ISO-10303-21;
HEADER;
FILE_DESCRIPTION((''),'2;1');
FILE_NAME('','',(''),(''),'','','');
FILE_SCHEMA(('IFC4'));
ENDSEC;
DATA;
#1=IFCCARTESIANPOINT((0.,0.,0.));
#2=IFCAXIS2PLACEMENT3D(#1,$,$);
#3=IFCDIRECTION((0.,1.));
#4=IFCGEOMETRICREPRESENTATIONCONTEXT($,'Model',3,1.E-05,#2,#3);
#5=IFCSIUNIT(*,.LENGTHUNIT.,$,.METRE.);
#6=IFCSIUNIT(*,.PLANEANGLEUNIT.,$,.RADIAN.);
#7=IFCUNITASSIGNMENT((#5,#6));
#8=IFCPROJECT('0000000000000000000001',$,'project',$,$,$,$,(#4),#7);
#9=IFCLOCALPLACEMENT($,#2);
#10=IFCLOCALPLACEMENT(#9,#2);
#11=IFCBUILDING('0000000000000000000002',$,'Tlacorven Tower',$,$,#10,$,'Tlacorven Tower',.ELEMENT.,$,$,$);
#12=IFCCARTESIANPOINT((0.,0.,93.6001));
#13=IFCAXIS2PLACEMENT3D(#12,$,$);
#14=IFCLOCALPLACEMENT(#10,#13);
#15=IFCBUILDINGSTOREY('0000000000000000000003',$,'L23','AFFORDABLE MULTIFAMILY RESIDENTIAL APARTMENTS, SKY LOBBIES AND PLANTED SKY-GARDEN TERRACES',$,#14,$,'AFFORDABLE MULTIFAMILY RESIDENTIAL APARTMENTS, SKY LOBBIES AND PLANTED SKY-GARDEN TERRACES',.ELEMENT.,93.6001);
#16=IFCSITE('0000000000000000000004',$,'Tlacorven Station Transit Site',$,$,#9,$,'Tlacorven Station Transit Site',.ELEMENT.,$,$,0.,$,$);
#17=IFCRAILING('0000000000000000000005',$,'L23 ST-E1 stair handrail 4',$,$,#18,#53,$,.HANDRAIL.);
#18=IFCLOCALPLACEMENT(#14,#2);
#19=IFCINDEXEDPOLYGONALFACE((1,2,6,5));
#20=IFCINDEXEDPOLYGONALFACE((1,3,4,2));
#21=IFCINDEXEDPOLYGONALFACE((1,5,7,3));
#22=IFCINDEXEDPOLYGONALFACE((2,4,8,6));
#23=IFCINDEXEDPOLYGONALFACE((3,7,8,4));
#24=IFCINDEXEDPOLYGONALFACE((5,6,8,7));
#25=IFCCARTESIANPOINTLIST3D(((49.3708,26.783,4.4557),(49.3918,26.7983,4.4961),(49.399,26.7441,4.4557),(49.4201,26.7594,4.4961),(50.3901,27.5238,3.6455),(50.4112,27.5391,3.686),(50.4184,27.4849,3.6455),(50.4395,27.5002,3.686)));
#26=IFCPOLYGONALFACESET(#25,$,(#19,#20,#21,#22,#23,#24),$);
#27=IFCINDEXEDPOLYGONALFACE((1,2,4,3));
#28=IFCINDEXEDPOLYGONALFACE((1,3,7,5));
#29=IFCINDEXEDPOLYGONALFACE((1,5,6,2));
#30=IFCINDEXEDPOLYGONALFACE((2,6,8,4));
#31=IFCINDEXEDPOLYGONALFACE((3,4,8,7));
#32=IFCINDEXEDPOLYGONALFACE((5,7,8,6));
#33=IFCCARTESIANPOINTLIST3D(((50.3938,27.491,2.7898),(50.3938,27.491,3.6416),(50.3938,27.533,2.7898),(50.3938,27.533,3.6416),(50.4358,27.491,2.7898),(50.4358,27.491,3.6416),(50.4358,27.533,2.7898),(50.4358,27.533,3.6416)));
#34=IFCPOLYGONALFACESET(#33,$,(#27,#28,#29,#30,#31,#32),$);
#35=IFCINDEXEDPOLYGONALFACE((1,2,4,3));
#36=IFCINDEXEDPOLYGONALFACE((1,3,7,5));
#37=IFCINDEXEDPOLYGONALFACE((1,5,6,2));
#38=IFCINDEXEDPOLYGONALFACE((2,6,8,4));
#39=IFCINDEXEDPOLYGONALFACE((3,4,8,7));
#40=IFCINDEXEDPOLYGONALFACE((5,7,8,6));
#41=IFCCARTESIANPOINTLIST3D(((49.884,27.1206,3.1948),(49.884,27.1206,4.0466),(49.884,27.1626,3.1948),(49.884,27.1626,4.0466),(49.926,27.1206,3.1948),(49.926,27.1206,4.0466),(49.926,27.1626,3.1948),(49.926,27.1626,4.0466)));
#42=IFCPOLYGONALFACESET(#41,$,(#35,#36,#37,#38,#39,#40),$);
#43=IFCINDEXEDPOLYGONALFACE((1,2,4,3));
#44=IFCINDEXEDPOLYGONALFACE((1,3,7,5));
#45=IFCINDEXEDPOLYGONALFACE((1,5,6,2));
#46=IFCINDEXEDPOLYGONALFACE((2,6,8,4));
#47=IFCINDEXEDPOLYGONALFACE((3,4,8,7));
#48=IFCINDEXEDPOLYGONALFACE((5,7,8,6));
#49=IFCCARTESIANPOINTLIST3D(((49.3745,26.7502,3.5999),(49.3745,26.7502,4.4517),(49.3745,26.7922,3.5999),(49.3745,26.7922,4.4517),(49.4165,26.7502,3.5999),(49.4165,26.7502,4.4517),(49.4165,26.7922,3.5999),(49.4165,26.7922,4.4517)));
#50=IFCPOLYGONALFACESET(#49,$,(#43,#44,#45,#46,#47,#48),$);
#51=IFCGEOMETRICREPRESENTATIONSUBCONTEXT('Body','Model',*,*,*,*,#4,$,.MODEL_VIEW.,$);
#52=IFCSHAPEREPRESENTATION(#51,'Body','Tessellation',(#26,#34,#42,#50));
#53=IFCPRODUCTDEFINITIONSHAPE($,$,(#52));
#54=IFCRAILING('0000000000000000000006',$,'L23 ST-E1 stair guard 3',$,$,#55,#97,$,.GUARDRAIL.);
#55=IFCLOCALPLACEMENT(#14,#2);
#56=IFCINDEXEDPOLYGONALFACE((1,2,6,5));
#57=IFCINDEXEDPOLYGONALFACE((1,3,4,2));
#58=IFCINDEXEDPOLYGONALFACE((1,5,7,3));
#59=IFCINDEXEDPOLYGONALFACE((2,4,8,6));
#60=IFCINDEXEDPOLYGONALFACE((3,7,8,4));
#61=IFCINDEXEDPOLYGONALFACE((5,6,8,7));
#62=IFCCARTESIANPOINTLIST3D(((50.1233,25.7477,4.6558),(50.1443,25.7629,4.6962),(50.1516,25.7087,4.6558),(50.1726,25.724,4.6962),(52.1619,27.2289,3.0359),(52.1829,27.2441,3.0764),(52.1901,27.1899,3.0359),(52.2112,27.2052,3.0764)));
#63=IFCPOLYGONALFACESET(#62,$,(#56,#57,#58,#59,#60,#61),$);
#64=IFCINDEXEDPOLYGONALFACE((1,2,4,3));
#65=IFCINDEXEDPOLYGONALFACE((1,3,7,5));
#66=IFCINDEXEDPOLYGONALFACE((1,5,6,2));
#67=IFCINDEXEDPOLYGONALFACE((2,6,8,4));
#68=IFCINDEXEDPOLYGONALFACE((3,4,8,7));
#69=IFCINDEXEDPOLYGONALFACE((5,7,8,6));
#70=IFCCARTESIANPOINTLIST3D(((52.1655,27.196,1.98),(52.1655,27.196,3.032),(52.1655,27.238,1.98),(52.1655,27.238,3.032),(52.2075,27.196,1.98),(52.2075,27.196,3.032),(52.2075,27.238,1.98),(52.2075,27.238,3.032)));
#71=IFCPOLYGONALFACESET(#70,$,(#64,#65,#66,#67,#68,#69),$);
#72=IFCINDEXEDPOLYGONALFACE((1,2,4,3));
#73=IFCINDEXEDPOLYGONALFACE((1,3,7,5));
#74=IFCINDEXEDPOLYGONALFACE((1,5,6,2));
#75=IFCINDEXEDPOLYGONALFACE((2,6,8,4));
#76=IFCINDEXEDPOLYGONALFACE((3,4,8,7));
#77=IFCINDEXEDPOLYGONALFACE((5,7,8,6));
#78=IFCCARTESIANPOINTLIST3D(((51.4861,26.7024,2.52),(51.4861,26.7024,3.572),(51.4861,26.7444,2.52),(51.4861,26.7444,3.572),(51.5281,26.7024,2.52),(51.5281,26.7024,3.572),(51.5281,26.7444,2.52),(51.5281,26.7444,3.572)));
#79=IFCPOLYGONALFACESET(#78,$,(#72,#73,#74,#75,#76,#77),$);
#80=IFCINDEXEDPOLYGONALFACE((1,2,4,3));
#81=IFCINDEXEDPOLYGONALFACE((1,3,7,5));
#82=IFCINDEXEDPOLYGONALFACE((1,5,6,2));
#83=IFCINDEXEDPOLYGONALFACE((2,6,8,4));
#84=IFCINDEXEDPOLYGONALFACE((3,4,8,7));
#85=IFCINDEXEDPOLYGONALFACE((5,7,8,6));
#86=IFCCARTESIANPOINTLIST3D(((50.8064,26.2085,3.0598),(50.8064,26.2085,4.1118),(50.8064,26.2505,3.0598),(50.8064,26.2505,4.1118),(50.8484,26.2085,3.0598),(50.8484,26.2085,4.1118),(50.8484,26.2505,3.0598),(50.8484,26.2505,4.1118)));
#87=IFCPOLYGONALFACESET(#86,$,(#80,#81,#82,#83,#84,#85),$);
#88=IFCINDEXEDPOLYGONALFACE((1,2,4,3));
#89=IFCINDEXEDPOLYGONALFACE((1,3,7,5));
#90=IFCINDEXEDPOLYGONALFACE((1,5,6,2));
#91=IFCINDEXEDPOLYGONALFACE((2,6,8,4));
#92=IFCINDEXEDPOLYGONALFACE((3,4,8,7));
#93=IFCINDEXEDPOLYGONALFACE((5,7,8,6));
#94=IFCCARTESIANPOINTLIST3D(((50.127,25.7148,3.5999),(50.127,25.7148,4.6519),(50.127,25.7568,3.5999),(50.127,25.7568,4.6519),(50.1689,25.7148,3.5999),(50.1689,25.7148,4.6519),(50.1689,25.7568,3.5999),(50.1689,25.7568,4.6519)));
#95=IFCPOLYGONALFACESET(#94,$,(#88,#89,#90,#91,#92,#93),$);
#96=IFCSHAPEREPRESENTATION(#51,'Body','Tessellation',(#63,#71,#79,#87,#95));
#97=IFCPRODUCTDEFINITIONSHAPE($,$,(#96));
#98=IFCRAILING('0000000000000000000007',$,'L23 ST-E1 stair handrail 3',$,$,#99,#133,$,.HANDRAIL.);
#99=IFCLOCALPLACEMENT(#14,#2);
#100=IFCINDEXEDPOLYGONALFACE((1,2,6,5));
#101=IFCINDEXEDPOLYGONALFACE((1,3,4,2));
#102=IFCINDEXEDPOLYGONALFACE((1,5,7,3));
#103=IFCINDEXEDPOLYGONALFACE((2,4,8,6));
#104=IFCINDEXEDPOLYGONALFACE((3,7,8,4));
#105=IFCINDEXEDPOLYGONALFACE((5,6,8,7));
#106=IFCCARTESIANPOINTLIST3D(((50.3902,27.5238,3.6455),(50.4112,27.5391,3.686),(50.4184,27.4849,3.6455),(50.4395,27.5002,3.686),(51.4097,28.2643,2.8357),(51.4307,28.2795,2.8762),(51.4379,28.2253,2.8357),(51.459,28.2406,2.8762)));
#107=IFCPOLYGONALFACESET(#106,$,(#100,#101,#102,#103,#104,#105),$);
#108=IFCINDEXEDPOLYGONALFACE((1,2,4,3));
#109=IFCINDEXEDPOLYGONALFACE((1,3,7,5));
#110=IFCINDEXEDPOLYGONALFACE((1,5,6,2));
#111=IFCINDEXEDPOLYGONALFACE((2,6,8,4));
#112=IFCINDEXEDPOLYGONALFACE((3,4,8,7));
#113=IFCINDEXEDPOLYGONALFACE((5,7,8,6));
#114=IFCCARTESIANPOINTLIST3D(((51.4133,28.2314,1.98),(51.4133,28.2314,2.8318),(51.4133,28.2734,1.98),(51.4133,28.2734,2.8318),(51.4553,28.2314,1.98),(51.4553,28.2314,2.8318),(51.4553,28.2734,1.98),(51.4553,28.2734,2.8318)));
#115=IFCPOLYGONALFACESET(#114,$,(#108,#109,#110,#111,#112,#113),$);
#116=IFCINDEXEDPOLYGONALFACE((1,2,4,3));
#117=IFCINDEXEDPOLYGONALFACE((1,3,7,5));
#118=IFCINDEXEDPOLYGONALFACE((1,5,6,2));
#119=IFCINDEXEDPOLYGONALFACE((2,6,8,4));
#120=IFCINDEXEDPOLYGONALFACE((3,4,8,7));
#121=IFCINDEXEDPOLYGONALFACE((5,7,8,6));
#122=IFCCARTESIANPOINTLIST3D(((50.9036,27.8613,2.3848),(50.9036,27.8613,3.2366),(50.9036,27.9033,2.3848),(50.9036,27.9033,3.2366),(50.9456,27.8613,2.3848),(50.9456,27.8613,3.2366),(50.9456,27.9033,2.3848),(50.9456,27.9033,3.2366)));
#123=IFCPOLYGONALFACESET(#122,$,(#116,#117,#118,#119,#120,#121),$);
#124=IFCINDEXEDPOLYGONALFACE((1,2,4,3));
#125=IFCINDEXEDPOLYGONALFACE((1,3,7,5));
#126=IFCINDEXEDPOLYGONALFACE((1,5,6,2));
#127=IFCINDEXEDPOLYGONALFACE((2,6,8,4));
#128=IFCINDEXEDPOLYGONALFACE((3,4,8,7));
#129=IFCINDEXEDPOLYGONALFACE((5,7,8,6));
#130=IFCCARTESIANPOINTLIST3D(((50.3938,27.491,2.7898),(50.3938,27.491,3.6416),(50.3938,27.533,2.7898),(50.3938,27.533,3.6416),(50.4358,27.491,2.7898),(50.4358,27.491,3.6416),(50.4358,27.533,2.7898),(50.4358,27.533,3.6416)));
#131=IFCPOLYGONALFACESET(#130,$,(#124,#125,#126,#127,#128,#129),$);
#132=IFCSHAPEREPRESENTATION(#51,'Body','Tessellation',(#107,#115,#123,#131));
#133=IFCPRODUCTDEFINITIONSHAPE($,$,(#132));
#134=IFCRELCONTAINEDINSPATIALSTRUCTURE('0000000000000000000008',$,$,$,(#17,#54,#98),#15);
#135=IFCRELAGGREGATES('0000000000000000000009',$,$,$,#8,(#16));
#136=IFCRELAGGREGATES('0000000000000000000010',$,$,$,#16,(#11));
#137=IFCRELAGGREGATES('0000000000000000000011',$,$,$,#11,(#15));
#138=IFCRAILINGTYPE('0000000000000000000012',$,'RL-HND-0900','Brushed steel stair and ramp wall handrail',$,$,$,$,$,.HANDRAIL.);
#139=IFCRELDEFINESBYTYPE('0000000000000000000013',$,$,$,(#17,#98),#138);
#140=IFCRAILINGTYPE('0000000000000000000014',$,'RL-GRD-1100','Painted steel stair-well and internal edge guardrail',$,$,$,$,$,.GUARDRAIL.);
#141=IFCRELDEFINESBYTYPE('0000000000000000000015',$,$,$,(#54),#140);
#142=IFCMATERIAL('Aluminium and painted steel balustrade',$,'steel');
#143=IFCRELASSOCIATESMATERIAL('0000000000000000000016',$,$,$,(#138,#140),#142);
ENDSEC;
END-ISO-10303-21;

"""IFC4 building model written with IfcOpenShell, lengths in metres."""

from ifc_helpers import new_model, si_unit, direction, frame, origin, origin_2d, place, context, subcontext, project, spatial, rectangle, extrude, source, transform, mapped, material, type_object, element, save


model = new_model("IFC4")

# Units and contexts
model_context = context("Model", 3, precision=1e-05, world=origin(), true_north=direction((0.0, 1.0)))
body_context = subcontext(model_context, "Body", "Model", "MODEL_VIEW")
ifc_project = project(units=[si_unit("LENGTHUNIT", "METRE"), si_unit("PLANEANGLEUNIT", "RADIAN")], contexts=[model_context])

# Site, building, storey
site_placement = place(None, origin())
site = spatial("IfcSite", under=ifc_project, at=site_placement, Name="Tlacorven Station Transit Site", LongName="Tlacorven Station Transit Site", CompositionType="ELEMENT", RefElevation=0.0)
building_placement = place(site_placement, origin())
building = spatial("IfcBuilding", under=site, at=building_placement, Name="Tlacorven Tower", LongName="Tlacorven Tower", CompositionType="ELEMENT")
storey_placement = place(building_placement, frame((0.0, 0.0, 93.6001)))
storey = spatial("IfcBuildingStorey", under=building, at=storey_placement, Name="L23", Description="AFFORDABLE MULTIFAMILY RESIDENTIAL APARTMENTS, SKY LOBBIES AND PLANTED SKY-GARDEN TERRACES", LongName="AFFORDABLE MULTIFAMILY RESIDENTIAL APARTMENTS, SKY LOBBIES AND PLANTED SKY-GARDEN TERRACES", CompositionType="ELEMENT", Elevation=93.6001)

# Railings
ifc_material_1 = material(Name="Aluminium and painted steel balustrade", Category="steel")
railing_type_1 = type_object("IfcRailingType", Name="RL-HND-0900", Description="Brushed steel stair and ramp wall handrail", PredefinedType="HANDRAIL", material=ifc_material_1)
shared_shape_1 = source(origin(), body_context, "Body", "SweptSolid", [
    extrude(rectangle(XDim=0.0481, YDim=0.0481, at=origin_2d()), frame((0.0, 0.0, 0.876), z_axis=(-0.680461, -0.494496, 0.540783), x_axis=(0.587872, -0.808954, 0.0)), (0.0, 0.0, 1.0), 1.498),
    extrude(rectangle(XDim=0.042, YDim=0.042, at=origin_2d()), origin(), (0.0, 0.0, 1.0), 0.8518),
    extrude(rectangle(XDim=0.042, YDim=0.042, at=origin_2d()), frame((-0.5098, -0.3704, 0.405)), (0.0, 0.0, 1.0), 0.8518),
    extrude(rectangle(XDim=0.042, YDim=0.042, at=origin_2d()), frame((-1.0193, -0.7407, 0.8101)), (0.0, 0.0, 1.0), 0.8518),
])
railing_1_placement = place(storey_placement, frame((50.4148, 27.512, 2.7898)))
element("IfcRailing", 1, at=railing_1_placement, inside=storey, type_object=railing_type_1, Name="L23 ST-E1 stair handrail 4", PredefinedType="HANDRAIL", context=body_context, shape_type="MappedRepresentation", body=[
    mapped(shared_shape_1, transform((0.0, 0.0, 0.0), scale=1.0)),
])
railing_type_2 = type_object("IfcRailingType", Name="RL-GRD-1100", Description="Painted steel stair-well and internal edge guardrail", PredefinedType="GUARDRAIL", material=ifc_material_1)
shared_shape_2 = source(origin(), body_context, "Body", "SweptSolid", [
    extrude(rectangle(XDim=0.0481, YDim=0.0481, at=origin_2d()), frame((0.0, 0.0, 1.0762), z_axis=(-0.680519, -0.494456, 0.540747), x_axis=(0.587809, -0.809, 0.0)), (0.0, 0.0, 1.0), 2.9956),
    extrude(rectangle(XDim=0.042, YDim=0.042, at=origin_2d()), origin(), (0.0, 0.0, 1.0), 1.052),
    extrude(rectangle(XDim=0.042, YDim=0.042, at=origin_2d()), frame((-0.6794, -0.4937, 0.54)), (0.0, 0.0, 1.0), 1.052),
    extrude(rectangle(XDim=0.042, YDim=0.042, at=origin_2d()), frame((-1.3591, -0.9875, 1.0798)), (0.0, 0.0, 1.0), 1.052),
    extrude(rectangle(XDim=0.042, YDim=0.042, at=origin_2d()), frame((-2.0386, -1.4812, 1.6199)), (0.0, 0.0, 1.0), 1.052),
])
railing_2_placement = place(storey_placement, frame((52.1865, 27.217, 1.98)))
element("IfcRailing", 2, at=railing_2_placement, inside=storey, type_object=railing_type_2, Name="L23 ST-E1 stair guard 3", PredefinedType="GUARDRAIL", context=body_context, shape_type="MappedRepresentation", body=[
    mapped(shared_shape_2, transform((0.0, 0.0, 0.0), scale=1.0)),
])
shared_shape_3 = source(origin(), body_context, "Body", "SweptSolid", [
    extrude(rectangle(XDim=0.0481, YDim=0.0481, at=origin_2d()), frame((0.0, 0.0, 0.876), z_axis=(-0.680664, -0.494361, 0.540652), x_axis=(0.587653, -0.809113, 0.0)), (0.0, 0.0, 1.0), 1.4978),
    extrude(rectangle(XDim=0.042, YDim=0.042, at=origin_2d()), origin(), (0.0, 0.0, 1.0), 0.8518),
    extrude(rectangle(XDim=0.042, YDim=0.042, at=origin_2d()), frame((-0.5098, -0.3701, 0.4048)), (0.0, 0.0, 1.0), 0.8518),
    extrude(rectangle(XDim=0.042, YDim=0.042, at=origin_2d()), frame((-1.0195, -0.7405, 0.8098)), (0.0, 0.0, 1.0), 0.8518),
])
railing_3_placement = place(storey_placement, frame((51.4343, 28.2524, 1.98)))
element("IfcRailing", 3, at=railing_3_placement, inside=storey, type_object=railing_type_1, Name="L23 ST-E1 stair handrail 3", PredefinedType="HANDRAIL", context=body_context, shape_type="MappedRepresentation", body=[
    mapped(shared_shape_3, transform((0.0, 0.0, 0.0), scale=1.0)),
])

save(model, "model.ifc")
